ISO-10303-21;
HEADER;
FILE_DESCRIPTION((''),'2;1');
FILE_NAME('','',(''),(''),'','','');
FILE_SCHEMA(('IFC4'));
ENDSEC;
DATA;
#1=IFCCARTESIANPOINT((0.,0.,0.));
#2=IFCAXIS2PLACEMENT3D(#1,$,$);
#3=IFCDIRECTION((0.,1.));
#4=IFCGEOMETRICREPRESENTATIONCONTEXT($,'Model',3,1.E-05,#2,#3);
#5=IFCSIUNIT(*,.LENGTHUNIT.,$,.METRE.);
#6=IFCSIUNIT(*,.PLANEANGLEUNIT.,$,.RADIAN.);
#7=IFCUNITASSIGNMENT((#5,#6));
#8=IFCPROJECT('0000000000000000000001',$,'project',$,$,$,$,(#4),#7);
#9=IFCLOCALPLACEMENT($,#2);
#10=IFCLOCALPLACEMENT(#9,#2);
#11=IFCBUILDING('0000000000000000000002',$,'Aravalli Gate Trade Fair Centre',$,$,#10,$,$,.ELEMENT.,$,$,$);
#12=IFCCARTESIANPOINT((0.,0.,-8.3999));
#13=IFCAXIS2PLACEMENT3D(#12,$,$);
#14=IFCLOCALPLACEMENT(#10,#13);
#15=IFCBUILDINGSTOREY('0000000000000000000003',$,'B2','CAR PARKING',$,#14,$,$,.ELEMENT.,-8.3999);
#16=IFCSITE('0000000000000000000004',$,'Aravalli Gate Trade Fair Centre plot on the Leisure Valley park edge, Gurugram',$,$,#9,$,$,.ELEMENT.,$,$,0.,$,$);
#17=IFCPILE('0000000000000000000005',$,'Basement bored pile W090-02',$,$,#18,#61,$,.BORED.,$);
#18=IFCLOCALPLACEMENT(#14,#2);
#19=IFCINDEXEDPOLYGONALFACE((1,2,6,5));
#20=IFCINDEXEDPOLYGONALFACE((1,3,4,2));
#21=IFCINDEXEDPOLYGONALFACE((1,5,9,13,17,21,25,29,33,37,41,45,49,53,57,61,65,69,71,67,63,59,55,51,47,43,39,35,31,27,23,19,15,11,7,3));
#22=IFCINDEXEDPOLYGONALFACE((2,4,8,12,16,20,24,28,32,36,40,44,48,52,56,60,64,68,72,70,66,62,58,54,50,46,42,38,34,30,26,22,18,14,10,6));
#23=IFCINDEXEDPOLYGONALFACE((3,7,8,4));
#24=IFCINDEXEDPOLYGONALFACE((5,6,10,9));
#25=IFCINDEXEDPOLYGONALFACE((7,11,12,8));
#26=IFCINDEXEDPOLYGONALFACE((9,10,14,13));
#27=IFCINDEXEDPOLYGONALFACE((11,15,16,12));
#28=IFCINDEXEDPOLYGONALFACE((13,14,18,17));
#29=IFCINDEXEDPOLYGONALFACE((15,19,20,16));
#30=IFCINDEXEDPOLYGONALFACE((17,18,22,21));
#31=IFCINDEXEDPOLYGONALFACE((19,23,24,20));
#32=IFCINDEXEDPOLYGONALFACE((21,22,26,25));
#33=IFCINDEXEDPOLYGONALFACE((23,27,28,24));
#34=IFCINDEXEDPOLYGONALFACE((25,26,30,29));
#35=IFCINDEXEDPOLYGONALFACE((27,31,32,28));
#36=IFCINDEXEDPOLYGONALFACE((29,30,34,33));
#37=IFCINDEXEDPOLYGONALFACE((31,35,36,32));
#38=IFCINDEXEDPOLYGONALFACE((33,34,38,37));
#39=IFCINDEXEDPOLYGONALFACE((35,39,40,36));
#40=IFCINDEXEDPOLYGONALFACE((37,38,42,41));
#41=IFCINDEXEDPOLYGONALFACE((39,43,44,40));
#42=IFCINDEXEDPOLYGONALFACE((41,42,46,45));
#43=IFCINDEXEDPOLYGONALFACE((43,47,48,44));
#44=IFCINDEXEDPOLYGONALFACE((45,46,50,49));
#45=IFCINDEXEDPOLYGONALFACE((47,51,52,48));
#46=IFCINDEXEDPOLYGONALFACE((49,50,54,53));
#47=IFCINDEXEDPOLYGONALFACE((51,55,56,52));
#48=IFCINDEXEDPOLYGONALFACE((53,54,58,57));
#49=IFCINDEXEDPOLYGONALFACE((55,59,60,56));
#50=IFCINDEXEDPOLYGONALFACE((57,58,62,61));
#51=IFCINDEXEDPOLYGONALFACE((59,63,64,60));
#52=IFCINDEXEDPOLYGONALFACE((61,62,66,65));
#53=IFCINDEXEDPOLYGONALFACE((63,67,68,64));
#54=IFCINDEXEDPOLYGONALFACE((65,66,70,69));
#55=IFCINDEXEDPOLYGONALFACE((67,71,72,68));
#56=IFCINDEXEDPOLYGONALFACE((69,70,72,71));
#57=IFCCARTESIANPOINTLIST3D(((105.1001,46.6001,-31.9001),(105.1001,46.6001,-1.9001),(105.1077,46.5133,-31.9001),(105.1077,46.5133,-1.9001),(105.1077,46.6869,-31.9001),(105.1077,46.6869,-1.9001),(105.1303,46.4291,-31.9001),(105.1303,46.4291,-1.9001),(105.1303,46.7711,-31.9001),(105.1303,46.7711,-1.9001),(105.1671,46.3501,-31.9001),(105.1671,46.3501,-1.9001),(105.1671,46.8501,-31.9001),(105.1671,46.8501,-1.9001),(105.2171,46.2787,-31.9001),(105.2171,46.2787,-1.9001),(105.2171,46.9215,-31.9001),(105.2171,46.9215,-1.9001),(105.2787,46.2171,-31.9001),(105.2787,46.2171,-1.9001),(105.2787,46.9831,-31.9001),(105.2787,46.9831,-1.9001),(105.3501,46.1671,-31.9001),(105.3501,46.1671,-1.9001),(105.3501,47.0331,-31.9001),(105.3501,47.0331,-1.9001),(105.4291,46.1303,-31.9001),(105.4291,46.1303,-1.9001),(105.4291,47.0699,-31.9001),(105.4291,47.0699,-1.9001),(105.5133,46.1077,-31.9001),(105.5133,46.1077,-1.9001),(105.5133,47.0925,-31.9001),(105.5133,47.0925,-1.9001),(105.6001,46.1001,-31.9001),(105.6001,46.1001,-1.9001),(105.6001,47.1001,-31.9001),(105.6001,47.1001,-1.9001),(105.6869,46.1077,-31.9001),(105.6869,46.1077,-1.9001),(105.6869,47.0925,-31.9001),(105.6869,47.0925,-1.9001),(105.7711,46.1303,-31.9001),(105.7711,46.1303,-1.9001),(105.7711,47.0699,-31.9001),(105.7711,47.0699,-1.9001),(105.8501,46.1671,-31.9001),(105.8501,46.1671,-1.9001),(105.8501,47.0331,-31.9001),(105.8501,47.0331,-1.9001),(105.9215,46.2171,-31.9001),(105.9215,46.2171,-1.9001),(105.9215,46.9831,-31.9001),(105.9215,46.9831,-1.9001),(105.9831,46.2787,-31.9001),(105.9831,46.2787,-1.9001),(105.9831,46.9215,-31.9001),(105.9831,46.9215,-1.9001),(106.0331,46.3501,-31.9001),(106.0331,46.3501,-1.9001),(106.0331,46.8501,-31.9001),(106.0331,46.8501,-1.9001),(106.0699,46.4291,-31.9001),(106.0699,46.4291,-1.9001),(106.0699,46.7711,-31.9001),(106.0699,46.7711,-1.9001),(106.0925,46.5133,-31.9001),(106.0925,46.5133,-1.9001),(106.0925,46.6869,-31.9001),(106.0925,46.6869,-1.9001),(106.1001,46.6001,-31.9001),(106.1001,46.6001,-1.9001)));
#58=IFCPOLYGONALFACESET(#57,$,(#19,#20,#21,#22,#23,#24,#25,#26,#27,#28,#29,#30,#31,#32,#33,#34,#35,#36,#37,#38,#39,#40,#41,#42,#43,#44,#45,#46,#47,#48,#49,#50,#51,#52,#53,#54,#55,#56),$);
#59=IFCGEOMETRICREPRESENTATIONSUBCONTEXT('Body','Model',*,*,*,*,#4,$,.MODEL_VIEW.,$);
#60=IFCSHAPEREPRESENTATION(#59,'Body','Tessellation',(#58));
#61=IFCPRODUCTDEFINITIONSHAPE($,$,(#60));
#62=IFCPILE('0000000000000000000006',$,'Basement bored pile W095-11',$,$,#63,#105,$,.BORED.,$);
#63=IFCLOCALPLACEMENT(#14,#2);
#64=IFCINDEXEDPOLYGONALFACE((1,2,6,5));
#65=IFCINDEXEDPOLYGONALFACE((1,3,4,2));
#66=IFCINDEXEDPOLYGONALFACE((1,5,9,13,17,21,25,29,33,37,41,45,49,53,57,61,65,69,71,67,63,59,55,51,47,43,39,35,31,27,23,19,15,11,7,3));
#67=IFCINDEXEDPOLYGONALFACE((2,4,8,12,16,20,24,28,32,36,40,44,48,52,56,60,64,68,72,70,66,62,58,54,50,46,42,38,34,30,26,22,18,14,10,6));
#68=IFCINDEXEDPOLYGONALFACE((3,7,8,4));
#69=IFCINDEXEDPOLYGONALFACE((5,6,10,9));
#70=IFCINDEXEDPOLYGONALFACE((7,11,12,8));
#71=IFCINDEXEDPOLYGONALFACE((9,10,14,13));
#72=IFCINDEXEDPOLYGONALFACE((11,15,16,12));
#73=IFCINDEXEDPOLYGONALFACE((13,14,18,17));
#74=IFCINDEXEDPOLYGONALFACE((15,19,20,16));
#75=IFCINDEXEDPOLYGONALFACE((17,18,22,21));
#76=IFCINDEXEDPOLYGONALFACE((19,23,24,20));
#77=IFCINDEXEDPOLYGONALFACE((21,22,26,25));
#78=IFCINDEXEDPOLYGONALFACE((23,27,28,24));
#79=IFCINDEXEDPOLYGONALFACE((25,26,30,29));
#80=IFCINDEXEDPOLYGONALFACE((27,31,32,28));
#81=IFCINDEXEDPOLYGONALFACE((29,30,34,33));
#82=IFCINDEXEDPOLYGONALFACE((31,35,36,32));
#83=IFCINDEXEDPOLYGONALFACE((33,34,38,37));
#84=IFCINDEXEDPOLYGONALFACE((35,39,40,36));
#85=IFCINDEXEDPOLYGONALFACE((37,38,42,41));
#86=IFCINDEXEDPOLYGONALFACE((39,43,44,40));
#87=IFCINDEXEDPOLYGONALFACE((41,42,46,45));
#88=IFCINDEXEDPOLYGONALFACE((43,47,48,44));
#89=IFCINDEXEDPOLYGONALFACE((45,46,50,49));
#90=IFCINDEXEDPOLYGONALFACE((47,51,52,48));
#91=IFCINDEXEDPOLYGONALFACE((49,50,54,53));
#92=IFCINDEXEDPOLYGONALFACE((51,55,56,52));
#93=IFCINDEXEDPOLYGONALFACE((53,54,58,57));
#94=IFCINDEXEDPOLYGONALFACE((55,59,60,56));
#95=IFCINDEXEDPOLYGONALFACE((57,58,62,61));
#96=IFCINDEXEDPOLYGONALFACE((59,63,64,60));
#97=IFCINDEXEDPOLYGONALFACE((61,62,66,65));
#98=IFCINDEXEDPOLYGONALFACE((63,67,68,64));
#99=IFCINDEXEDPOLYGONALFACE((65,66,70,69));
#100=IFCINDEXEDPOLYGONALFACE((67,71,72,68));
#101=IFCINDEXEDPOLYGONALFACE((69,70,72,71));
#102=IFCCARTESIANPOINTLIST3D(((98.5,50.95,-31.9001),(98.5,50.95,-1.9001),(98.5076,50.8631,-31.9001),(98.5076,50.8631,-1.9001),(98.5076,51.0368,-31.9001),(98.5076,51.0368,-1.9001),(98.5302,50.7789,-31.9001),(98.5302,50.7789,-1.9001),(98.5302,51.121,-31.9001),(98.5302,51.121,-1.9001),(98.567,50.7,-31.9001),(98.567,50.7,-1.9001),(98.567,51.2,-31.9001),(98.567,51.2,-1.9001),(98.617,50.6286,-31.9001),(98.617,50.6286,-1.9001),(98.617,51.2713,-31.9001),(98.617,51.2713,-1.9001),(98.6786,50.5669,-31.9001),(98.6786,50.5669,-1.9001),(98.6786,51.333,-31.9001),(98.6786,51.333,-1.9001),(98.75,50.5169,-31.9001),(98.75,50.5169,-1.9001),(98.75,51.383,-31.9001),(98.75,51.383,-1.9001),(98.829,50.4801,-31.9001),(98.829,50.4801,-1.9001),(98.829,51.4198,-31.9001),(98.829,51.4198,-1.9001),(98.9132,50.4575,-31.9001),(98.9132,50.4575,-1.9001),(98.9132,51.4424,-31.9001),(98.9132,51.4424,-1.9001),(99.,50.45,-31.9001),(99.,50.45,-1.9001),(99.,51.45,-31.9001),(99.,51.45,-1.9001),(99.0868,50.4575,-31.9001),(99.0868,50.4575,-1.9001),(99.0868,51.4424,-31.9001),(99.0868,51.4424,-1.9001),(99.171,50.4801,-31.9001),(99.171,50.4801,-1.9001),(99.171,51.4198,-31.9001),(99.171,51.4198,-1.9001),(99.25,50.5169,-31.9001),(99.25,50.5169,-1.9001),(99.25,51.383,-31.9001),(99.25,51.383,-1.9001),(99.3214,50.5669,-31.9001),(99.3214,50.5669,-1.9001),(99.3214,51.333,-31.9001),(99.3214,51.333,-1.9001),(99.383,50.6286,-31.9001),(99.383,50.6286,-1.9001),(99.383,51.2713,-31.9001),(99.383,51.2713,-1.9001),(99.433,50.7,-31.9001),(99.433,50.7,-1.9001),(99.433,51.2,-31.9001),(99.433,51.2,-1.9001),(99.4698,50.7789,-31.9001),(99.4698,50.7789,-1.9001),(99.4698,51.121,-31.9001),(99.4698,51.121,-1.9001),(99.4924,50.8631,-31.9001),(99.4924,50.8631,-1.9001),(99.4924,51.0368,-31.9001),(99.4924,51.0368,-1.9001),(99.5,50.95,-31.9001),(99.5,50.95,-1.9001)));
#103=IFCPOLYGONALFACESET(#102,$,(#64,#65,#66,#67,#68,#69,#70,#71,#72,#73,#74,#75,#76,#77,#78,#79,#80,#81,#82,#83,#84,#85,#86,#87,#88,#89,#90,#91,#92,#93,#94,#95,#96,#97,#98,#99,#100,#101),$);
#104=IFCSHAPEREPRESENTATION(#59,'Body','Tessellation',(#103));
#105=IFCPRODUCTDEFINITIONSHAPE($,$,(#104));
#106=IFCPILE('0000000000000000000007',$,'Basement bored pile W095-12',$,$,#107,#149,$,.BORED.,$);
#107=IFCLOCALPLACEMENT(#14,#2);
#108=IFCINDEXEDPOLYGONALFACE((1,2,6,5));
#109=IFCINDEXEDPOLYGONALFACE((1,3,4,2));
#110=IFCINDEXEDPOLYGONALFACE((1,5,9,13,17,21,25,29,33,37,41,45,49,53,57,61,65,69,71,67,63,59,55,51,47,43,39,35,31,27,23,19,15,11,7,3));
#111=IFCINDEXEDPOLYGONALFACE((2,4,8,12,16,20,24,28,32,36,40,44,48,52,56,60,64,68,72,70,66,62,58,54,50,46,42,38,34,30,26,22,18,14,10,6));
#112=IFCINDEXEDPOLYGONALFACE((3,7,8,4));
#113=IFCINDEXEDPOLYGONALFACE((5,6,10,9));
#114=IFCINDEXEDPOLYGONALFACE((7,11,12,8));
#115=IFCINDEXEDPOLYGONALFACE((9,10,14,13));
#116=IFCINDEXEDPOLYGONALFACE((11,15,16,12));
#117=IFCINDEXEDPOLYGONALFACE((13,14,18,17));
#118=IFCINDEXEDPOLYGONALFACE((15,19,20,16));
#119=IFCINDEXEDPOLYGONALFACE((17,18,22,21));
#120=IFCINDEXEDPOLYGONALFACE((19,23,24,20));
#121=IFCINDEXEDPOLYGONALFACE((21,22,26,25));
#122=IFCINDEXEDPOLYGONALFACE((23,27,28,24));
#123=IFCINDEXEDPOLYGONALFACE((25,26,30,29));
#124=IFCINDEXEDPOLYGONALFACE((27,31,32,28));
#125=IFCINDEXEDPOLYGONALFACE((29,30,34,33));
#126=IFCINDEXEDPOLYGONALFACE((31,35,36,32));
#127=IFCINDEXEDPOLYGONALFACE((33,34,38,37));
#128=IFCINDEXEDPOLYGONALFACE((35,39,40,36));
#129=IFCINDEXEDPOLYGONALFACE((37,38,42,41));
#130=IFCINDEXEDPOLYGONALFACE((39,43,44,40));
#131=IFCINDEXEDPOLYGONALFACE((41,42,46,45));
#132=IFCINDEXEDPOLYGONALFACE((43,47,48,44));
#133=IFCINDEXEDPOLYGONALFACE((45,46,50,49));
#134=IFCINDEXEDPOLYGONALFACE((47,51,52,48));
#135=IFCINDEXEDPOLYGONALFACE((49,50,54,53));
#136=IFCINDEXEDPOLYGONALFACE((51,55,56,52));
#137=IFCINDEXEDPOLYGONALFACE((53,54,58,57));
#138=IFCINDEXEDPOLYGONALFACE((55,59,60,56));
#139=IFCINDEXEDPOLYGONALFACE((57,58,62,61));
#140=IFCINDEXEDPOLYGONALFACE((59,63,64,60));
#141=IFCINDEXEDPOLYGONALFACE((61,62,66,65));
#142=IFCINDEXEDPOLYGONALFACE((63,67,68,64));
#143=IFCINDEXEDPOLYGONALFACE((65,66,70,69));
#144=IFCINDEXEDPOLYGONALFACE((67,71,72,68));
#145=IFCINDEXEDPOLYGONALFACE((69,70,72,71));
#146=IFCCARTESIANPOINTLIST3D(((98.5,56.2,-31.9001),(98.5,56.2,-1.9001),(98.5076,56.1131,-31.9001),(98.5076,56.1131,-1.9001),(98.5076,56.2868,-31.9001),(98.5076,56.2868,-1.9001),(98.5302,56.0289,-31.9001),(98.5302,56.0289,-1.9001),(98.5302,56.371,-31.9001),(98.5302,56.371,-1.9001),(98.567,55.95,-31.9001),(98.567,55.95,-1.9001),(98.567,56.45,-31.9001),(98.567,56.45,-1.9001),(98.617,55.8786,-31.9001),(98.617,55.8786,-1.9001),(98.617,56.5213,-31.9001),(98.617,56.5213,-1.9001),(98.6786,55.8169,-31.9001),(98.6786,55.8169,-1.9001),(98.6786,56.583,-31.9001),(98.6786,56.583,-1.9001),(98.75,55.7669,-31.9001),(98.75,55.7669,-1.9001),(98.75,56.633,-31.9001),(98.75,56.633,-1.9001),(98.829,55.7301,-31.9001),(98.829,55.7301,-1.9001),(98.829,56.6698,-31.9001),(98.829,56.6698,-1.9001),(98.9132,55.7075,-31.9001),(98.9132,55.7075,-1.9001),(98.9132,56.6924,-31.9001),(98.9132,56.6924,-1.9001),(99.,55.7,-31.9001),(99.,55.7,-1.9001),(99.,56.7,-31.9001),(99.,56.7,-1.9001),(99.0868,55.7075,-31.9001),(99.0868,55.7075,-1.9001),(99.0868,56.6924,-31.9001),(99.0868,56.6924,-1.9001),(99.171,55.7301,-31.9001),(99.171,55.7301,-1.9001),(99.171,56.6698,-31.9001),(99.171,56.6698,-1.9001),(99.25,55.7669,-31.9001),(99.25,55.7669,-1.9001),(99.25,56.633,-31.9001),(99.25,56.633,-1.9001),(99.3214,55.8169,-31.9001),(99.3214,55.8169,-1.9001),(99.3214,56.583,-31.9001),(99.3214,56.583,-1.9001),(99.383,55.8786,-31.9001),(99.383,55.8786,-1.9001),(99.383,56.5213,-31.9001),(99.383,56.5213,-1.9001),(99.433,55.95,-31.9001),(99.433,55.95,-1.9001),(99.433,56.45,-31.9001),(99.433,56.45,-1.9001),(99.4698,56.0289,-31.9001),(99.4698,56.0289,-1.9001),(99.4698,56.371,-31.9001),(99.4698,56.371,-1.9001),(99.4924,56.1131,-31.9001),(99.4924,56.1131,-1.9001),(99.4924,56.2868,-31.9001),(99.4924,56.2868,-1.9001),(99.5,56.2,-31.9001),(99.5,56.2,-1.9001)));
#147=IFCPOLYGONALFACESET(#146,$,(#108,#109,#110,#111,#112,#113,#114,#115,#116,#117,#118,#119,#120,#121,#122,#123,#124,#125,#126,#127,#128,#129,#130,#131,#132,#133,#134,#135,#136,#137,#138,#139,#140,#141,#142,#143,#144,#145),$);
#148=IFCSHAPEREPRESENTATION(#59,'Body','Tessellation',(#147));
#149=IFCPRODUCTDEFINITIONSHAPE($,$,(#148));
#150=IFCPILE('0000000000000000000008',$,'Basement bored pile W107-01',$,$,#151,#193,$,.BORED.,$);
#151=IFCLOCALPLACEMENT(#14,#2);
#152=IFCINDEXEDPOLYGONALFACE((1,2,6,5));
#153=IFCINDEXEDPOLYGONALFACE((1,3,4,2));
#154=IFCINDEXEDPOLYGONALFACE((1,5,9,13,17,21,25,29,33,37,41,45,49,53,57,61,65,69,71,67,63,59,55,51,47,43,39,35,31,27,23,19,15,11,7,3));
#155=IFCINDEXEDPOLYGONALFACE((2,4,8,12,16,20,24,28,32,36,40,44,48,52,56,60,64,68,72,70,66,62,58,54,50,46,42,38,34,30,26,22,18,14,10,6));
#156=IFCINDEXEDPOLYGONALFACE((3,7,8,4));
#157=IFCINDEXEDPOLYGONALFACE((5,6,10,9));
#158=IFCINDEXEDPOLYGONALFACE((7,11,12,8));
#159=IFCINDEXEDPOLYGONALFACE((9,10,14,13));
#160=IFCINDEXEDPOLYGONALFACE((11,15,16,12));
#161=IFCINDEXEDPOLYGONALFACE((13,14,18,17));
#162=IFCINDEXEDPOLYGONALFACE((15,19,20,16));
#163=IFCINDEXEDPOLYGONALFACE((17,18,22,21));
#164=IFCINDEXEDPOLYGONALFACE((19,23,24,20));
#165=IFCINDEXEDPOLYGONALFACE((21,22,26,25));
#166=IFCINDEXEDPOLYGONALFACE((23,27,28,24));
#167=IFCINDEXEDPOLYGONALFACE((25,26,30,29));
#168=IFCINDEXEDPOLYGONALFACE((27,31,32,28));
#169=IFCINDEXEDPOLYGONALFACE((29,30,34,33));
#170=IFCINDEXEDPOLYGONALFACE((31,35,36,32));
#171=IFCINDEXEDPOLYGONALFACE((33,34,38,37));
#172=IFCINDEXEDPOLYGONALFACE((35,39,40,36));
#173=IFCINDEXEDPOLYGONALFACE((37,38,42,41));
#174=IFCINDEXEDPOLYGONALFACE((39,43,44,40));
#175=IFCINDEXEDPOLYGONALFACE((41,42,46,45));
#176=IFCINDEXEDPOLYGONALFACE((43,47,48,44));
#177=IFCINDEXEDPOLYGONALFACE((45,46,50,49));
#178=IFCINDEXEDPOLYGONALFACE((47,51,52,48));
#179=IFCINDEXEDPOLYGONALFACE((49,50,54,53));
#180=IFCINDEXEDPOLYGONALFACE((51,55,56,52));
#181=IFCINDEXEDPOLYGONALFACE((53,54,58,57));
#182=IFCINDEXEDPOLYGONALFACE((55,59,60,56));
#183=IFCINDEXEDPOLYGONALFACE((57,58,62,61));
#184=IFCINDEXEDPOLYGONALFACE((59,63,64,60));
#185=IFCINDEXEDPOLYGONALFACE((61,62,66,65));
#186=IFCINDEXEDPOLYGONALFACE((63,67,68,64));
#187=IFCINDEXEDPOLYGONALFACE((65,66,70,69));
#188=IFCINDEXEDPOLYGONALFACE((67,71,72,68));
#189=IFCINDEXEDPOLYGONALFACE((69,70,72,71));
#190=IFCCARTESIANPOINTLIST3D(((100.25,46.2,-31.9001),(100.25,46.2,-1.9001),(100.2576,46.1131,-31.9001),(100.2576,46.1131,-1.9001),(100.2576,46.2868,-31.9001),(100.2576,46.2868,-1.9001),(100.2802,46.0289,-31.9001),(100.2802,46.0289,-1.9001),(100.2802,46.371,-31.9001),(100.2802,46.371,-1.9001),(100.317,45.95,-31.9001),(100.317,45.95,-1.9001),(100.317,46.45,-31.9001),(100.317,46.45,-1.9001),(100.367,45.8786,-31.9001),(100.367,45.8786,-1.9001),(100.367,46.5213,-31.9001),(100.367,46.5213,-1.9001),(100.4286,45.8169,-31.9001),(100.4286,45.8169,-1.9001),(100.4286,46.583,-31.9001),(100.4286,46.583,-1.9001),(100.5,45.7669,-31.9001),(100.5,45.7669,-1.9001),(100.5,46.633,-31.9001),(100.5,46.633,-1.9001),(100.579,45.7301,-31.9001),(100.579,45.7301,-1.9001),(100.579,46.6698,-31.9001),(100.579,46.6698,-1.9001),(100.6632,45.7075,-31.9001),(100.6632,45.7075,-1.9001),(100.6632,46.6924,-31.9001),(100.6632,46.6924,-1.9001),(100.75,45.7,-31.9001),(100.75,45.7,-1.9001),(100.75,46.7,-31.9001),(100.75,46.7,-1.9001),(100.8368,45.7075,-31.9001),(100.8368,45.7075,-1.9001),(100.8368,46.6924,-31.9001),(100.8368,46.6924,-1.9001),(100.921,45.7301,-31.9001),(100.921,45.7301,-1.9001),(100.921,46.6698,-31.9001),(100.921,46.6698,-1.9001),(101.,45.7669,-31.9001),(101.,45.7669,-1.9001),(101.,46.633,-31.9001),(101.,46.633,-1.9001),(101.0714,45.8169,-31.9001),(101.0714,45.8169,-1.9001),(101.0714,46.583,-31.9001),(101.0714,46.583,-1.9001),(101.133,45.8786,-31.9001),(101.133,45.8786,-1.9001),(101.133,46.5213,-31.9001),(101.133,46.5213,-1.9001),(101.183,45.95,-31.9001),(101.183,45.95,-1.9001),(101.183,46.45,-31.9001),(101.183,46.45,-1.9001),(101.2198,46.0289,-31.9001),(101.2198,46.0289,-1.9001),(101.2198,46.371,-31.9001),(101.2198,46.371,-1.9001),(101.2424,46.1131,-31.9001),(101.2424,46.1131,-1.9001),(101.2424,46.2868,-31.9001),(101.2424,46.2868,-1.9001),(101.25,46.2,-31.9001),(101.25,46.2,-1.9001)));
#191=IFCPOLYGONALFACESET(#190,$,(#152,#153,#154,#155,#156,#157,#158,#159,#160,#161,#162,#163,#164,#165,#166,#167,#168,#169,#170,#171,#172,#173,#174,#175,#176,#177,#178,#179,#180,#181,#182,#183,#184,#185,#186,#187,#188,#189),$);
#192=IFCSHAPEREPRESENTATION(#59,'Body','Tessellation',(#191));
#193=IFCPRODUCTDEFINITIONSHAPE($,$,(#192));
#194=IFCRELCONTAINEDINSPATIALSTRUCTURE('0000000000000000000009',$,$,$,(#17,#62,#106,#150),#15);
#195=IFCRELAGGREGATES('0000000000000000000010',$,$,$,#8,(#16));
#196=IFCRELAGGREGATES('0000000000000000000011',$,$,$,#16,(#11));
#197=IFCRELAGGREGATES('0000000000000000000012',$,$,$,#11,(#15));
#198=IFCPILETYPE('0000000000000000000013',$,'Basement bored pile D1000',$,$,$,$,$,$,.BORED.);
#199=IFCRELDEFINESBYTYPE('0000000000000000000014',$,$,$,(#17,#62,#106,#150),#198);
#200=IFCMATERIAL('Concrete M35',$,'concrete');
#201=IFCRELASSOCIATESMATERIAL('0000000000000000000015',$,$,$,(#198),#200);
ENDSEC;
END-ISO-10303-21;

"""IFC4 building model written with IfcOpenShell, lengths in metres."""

from ifc_helpers import new_model, si_unit, direction, frame, origin, origin_2d, place, context, subcontext, project, spatial, circle, extrude, material, material_profile, profile_set, type_object, element, save


model = new_model("IFC4")

# Units and contexts
model_context = context("Model", 3, precision=1e-05, world=origin(), true_north=direction((0.0, 1.0)))
body_context = subcontext(model_context, "Body", "Model", "MODEL_VIEW")
ifc_project = project(units=[si_unit("LENGTHUNIT", "METRE"), si_unit("PLANEANGLEUNIT", "RADIAN")], contexts=[model_context])

# Site, building, storey
site_placement = place(None, origin())
site = spatial("IfcSite", under=ifc_project, at=site_placement, Name="Aravalli Gate Trade Fair Centre plot on the Leisure Valley park edge, Gurugram", CompositionType="ELEMENT", RefElevation=0.0)
building_placement = place(site_placement, origin())
building = spatial("IfcBuilding", under=site, at=building_placement, Name="Aravalli Gate Trade Fair Centre", CompositionType="ELEMENT")
storey_placement = place(building_placement, frame((0.0, 0.0, -8.3999)))
storey = spatial("IfcBuildingStorey", under=building, at=storey_placement, Name="B2", Description="CAR PARKING", CompositionType="ELEMENT", Elevation=-8.3999)

# Piles
ifc_material_1 = material(Name="Concrete M35", Category="concrete")
ifc_material_profile_1 = material_profile(ifc_material_1, circle(Radius=0.5, at=origin_2d()), Name="D1000")
ifc_profile_set_1 = profile_set([ifc_material_profile_1], Name="Concrete M35")
pile_type = type_object("IfcPileType", Name="Basement bored pile D1000", PredefinedType="BORED", material=ifc_profile_set_1)
for number, where, z_axis, x_axis, name in (
    (1, (105.6001, 46.6001, -1.9001), (0.0, 0.0, -1.0), (1.0, 0.0, 0.0), "Basement bored pile W090-02"),
    (2, (99.0, 50.95, -1.9001), (0.0, 0.0, -1.0), (1.0, 0.0, 0.0), "Basement bored pile W095-11"),
    (3, (99.0, 56.2, -1.9001), (0.0, 0.0, -1.0), (1.0, 0.0, 0.0), "Basement bored pile W095-12"),
    (4, (100.75, 46.2, -1.9001), (0.0, 0.0, -1.0), (1.0, 0.0, 0.0), "Basement bored pile W107-01"),
):
    element("IfcPile", number, at=place(storey_placement, frame(where, z_axis=z_axis, x_axis=x_axis)), inside=storey, type_object=pile_type, Name=name, PredefinedType="BORED", context=body_context, shape_type="SweptSolid", body=[
        extrude(circle(Radius=0.5, at=origin_2d()), origin(), (0.0, 0.0, 1.0), 30.0),
    ])

save(model, "model.ifc")
